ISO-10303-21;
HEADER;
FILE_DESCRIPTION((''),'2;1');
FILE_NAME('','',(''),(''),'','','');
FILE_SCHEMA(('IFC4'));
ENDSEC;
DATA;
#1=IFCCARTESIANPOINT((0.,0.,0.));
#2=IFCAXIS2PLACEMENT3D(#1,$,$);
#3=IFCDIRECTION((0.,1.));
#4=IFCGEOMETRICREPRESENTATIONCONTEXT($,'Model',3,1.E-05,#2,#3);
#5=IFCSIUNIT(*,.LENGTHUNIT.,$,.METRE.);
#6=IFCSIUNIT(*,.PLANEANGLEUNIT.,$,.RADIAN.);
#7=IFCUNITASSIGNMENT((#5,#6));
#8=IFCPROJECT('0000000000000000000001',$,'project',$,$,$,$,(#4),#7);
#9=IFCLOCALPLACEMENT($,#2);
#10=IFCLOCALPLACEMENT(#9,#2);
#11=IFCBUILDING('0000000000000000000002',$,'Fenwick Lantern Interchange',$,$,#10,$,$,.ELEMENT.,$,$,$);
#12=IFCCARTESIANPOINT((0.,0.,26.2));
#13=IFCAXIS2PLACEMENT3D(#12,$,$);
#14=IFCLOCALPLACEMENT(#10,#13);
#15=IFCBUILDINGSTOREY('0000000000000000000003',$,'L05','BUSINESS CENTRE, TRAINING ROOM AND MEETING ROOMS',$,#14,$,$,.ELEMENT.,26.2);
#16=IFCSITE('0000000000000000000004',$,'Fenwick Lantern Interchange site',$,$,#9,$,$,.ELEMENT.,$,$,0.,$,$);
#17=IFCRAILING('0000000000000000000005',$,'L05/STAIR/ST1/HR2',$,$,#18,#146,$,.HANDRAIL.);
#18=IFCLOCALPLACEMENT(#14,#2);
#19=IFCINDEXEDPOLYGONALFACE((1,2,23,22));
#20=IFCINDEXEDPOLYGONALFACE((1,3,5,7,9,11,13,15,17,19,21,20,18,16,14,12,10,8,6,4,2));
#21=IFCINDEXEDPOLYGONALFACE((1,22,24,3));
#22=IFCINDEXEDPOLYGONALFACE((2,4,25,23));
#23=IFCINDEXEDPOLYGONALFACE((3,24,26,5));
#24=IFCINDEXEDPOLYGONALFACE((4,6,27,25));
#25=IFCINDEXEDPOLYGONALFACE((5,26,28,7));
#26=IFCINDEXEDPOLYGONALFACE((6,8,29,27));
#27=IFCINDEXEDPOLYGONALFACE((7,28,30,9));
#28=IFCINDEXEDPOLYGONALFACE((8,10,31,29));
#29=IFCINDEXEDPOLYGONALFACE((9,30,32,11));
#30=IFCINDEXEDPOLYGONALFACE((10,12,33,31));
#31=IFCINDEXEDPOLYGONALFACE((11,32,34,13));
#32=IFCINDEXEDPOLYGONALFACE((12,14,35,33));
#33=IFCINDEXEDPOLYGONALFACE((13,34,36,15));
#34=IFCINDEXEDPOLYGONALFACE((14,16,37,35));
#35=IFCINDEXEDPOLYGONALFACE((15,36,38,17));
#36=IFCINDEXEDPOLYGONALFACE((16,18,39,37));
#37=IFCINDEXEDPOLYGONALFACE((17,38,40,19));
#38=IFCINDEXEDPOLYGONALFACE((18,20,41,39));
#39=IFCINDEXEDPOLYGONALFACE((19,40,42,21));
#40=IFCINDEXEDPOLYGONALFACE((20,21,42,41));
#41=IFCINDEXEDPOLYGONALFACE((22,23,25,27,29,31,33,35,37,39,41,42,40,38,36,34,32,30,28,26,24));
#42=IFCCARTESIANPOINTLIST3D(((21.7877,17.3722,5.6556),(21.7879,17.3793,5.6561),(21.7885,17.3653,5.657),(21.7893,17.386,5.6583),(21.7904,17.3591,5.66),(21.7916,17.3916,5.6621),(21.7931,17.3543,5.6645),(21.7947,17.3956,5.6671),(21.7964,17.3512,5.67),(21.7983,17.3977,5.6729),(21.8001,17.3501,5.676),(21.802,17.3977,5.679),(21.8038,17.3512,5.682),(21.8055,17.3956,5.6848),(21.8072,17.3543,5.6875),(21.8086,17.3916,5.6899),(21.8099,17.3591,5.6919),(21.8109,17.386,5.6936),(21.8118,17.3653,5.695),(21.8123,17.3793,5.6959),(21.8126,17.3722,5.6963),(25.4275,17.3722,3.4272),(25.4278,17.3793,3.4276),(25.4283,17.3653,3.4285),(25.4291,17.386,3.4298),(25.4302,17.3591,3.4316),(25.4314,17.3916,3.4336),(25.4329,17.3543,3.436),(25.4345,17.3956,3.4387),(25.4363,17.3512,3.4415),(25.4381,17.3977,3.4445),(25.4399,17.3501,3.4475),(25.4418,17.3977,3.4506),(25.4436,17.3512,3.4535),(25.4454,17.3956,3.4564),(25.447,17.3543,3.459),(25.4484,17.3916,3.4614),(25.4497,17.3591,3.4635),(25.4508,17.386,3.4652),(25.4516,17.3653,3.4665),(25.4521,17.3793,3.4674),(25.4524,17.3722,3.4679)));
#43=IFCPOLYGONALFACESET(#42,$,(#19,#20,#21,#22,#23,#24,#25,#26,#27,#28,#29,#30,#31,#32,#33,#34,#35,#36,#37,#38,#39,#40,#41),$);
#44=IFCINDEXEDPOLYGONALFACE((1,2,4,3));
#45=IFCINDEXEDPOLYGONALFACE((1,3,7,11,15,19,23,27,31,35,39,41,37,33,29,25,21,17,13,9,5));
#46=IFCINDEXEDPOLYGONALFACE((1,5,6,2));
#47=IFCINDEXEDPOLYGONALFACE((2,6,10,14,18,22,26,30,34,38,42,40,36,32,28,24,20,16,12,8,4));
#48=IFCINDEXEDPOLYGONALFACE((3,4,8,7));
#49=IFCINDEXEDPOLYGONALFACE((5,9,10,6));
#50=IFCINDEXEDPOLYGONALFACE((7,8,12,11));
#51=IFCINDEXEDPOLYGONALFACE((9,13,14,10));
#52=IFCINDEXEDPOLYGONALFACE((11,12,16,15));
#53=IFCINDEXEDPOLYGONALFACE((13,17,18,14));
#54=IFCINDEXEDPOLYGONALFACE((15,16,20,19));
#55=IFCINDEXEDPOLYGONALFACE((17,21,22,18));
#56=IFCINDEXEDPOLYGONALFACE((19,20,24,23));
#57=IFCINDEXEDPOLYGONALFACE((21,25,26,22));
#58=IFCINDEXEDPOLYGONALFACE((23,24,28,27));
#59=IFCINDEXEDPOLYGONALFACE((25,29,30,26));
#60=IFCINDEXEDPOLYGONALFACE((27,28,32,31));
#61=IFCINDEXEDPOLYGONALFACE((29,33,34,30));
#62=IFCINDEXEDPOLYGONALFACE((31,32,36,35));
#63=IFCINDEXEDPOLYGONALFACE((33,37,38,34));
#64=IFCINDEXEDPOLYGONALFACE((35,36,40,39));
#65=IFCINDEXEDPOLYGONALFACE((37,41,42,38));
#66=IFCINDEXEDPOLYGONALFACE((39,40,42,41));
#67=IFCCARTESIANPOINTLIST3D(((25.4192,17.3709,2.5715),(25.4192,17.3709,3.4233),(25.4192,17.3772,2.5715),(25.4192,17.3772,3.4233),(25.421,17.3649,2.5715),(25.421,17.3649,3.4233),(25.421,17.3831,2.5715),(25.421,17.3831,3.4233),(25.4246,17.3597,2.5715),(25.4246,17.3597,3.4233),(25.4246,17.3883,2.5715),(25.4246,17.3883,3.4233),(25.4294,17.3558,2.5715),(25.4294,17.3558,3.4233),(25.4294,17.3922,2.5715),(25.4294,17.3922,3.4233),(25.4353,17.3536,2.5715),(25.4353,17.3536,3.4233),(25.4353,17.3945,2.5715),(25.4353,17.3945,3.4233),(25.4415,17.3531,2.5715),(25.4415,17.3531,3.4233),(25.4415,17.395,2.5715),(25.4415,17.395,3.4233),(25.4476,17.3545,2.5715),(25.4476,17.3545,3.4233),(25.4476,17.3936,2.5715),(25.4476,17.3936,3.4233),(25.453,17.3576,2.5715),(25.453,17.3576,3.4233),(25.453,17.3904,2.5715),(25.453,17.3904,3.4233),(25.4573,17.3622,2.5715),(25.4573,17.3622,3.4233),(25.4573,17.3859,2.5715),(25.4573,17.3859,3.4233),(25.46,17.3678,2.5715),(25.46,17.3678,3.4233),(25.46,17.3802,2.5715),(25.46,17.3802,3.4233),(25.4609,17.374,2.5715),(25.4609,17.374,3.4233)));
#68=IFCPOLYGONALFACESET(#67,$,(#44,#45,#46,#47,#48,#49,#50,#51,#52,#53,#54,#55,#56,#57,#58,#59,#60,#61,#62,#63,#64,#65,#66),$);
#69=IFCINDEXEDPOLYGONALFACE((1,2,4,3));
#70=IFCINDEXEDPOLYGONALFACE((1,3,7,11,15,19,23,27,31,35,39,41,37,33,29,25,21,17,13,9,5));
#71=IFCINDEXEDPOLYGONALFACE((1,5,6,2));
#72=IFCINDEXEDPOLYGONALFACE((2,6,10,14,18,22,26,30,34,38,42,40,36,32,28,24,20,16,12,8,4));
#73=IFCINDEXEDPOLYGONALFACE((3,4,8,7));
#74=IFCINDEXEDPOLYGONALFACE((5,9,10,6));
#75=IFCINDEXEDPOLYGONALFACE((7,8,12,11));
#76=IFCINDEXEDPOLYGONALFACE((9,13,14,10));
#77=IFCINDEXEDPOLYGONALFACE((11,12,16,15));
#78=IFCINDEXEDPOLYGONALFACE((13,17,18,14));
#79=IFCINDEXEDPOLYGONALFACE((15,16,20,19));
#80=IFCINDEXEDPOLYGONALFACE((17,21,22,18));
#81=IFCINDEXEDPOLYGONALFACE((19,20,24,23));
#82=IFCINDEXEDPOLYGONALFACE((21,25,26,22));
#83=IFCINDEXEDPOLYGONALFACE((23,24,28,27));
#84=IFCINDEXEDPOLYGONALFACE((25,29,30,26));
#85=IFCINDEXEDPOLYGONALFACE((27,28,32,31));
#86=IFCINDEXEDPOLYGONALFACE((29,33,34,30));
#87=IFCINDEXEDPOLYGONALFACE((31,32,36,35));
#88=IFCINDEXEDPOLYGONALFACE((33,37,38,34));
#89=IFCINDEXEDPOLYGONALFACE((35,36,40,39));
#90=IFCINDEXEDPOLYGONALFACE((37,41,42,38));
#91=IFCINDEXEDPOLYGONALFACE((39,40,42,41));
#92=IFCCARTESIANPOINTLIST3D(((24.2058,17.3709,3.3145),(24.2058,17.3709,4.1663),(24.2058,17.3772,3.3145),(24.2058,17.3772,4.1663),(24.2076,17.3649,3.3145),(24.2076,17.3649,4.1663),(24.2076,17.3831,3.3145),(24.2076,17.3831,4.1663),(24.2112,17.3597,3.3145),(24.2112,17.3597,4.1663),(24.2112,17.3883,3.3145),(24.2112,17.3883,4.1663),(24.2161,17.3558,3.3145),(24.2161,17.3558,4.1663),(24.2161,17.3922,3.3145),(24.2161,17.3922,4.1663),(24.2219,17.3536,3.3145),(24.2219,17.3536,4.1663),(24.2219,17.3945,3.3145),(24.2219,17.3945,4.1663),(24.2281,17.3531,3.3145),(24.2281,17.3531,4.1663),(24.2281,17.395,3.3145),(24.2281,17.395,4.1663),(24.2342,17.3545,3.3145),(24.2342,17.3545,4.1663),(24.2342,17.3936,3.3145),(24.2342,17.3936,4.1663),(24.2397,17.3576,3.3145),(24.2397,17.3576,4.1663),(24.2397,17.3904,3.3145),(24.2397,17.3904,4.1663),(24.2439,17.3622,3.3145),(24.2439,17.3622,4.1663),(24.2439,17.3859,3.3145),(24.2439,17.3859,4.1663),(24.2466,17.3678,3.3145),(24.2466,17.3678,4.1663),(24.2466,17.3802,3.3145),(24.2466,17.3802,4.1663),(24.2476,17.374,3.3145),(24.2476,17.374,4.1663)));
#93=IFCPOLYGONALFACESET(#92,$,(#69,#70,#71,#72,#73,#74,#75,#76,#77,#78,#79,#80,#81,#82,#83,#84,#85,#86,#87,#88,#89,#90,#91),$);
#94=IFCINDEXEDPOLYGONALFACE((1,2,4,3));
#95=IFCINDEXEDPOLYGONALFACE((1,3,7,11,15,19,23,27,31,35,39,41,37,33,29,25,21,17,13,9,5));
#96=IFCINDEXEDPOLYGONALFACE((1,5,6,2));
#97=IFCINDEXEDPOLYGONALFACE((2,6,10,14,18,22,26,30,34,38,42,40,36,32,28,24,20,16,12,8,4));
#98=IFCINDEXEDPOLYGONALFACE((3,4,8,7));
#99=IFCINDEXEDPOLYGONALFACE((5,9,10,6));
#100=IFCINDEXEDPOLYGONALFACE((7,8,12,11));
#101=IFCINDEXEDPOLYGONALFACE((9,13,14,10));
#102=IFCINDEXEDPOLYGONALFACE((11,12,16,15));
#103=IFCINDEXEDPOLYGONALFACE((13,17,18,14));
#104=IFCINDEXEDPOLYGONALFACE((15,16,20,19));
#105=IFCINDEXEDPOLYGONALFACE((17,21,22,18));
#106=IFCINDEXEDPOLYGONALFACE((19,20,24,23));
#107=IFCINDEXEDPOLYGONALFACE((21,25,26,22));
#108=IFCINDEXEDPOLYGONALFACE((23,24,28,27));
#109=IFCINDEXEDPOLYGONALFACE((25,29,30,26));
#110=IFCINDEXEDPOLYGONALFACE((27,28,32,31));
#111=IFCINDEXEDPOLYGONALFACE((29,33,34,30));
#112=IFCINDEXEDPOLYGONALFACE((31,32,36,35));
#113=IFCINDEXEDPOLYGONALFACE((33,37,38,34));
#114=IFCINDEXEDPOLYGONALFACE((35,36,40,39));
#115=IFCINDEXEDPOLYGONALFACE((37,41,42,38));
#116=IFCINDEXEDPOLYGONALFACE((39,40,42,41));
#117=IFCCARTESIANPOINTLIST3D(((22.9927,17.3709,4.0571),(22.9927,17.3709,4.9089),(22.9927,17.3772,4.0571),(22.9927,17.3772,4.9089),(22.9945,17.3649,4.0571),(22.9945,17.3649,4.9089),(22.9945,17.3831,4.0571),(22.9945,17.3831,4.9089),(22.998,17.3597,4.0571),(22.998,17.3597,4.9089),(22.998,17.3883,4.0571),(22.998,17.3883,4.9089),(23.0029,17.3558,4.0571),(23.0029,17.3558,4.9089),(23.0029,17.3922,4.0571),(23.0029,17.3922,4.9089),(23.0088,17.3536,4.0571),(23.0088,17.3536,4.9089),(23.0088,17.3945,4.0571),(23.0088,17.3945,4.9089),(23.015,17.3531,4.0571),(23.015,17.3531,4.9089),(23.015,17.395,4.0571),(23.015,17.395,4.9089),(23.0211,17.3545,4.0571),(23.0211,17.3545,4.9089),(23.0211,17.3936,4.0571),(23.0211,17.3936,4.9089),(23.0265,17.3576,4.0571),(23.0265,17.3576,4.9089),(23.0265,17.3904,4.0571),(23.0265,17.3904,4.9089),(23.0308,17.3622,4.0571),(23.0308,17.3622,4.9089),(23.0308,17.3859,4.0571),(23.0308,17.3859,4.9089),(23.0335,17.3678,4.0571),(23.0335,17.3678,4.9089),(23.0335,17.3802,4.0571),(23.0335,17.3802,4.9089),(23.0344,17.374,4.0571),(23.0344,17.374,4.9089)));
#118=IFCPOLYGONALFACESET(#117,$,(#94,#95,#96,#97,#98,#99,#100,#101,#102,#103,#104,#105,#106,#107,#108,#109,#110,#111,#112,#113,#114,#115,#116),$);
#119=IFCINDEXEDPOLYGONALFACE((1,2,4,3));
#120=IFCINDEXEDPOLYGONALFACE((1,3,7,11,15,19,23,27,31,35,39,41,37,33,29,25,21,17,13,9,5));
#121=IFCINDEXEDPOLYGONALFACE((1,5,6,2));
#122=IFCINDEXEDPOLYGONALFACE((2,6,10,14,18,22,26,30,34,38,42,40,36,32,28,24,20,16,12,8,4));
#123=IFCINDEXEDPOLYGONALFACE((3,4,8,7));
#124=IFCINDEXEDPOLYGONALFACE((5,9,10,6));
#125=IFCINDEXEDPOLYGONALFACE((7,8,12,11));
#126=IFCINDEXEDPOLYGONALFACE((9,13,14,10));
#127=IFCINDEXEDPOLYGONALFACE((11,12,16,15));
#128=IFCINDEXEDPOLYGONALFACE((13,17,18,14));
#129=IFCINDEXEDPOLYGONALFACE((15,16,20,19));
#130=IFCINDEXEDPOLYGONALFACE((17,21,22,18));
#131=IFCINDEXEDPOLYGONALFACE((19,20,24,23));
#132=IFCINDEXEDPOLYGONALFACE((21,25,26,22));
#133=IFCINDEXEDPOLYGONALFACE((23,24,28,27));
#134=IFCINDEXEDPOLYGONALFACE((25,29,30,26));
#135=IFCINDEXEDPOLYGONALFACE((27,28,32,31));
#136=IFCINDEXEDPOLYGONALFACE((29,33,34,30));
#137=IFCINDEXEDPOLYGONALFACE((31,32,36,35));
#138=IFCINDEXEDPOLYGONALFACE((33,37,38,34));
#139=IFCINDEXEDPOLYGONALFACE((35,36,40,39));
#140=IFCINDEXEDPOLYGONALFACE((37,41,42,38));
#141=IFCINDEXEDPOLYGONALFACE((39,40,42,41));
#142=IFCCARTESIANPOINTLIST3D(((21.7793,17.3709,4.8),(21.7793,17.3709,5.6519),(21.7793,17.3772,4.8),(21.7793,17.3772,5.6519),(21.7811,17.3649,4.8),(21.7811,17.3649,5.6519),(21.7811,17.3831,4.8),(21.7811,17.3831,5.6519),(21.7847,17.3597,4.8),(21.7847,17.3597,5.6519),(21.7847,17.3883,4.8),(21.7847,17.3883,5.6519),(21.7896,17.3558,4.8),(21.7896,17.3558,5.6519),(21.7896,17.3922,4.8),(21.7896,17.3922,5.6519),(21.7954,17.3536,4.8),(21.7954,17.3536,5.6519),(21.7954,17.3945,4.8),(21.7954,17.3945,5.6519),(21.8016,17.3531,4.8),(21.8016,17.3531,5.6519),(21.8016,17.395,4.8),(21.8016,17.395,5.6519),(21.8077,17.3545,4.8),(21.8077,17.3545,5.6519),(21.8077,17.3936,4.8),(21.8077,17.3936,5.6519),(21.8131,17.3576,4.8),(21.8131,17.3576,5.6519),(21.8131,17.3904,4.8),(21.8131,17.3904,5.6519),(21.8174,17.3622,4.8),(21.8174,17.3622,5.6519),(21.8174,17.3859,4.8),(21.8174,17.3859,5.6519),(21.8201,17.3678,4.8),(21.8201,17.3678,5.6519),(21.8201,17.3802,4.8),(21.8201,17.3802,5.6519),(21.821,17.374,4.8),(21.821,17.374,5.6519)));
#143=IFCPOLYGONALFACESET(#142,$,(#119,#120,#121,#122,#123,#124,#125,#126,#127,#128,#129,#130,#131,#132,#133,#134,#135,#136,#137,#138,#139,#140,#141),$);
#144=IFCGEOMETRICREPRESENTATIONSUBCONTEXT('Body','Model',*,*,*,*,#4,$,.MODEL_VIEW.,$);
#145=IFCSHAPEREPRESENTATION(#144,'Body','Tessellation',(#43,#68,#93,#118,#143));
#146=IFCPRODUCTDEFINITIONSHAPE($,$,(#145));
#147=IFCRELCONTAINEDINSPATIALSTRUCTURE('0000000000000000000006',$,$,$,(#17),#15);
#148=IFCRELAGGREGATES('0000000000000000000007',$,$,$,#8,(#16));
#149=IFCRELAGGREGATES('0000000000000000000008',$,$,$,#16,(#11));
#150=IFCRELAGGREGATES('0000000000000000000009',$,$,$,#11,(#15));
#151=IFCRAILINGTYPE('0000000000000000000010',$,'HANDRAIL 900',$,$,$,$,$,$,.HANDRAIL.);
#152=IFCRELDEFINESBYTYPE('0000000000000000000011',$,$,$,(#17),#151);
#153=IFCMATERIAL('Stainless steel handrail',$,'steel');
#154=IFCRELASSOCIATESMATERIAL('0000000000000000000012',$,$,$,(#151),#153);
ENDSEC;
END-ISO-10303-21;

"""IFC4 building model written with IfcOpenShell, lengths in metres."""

from ifc_helpers import new_model, si_unit, direction, frame, origin, origin_2d, place, context, subcontext, project, spatial, circle, extrude, material, type_object, element, save


model = new_model("IFC4")

# Units and contexts
model_context = context("Model", 3, precision=1e-05, world=origin(), true_north=direction((0.0, 1.0)))
body_context = subcontext(model_context, "Body", "Model", "MODEL_VIEW")
ifc_project = project(units=[si_unit("LENGTHUNIT", "METRE"), si_unit("PLANEANGLEUNIT", "RADIAN")], contexts=[model_context])

# Site, building, storey
site_placement = place(None, origin())
site = spatial("IfcSite", under=ifc_project, at=site_placement, Name="Fenwick Lantern Interchange site", CompositionType="ELEMENT", RefElevation=0.0)
building_placement = place(site_placement, origin())
building = spatial("IfcBuilding", under=site, at=building_placement, Name="Fenwick Lantern Interchange", CompositionType="ELEMENT")
storey_placement = place(building_placement, frame((0.0, 0.0, 26.2)))
storey = spatial("IfcBuildingStorey", under=building, at=storey_placement, Name="L05", Description="BUSINESS CENTRE, TRAINING ROOM AND MEETING ROOMS", CompositionType="ELEMENT", Elevation=26.2)

# Railing
ifc_material_1 = material(Name="Stainless steel handrail", Category="steel")
railing_type = type_object("IfcRailingType", Name="HANDRAIL 900", PredefinedType="HANDRAIL", material=ifc_material_1)
railing_1_placement = place(storey_placement, frame((25.4399, 17.374, 2.5715)))
element("IfcRailing", 1, at=railing_1_placement, inside=storey, type_object=railing_type, Name="L05/STAIR/ST1/HR2", PredefinedType="HANDRAIL", context=body_context, shape_type="SweptSolid", body=[
    extrude(circle(Radius=0.0239, at=origin_2d()), frame((0.0, 0.0, 0.876), z_axis=(-0.85285, 0.0, 0.522156), x_axis=(0.0, -1.0, 0.0)), (0.0, 0.0, 1.0), 4.2678),
    extrude(circle(Radius=0.021, at=origin_2d()), origin(), (0.0, 0.0, 1.0), 0.8518),
    extrude(circle(Radius=0.021, at=origin_2d()), frame((-1.2134, 0.0, 0.7429)), (0.0, 0.0, 1.0), 0.8518),
    extrude(circle(Radius=0.021, at=origin_2d()), frame((-2.4265, 0.0, 1.4856)), (0.0, 0.0, 1.0), 0.8518),
    extrude(circle(Radius=0.021, at=origin_2d()), frame((-3.6399, 0.0, 2.2285)), (0.0, 0.0, 1.0), 0.8518),
])

save(model, "model.ifc")
